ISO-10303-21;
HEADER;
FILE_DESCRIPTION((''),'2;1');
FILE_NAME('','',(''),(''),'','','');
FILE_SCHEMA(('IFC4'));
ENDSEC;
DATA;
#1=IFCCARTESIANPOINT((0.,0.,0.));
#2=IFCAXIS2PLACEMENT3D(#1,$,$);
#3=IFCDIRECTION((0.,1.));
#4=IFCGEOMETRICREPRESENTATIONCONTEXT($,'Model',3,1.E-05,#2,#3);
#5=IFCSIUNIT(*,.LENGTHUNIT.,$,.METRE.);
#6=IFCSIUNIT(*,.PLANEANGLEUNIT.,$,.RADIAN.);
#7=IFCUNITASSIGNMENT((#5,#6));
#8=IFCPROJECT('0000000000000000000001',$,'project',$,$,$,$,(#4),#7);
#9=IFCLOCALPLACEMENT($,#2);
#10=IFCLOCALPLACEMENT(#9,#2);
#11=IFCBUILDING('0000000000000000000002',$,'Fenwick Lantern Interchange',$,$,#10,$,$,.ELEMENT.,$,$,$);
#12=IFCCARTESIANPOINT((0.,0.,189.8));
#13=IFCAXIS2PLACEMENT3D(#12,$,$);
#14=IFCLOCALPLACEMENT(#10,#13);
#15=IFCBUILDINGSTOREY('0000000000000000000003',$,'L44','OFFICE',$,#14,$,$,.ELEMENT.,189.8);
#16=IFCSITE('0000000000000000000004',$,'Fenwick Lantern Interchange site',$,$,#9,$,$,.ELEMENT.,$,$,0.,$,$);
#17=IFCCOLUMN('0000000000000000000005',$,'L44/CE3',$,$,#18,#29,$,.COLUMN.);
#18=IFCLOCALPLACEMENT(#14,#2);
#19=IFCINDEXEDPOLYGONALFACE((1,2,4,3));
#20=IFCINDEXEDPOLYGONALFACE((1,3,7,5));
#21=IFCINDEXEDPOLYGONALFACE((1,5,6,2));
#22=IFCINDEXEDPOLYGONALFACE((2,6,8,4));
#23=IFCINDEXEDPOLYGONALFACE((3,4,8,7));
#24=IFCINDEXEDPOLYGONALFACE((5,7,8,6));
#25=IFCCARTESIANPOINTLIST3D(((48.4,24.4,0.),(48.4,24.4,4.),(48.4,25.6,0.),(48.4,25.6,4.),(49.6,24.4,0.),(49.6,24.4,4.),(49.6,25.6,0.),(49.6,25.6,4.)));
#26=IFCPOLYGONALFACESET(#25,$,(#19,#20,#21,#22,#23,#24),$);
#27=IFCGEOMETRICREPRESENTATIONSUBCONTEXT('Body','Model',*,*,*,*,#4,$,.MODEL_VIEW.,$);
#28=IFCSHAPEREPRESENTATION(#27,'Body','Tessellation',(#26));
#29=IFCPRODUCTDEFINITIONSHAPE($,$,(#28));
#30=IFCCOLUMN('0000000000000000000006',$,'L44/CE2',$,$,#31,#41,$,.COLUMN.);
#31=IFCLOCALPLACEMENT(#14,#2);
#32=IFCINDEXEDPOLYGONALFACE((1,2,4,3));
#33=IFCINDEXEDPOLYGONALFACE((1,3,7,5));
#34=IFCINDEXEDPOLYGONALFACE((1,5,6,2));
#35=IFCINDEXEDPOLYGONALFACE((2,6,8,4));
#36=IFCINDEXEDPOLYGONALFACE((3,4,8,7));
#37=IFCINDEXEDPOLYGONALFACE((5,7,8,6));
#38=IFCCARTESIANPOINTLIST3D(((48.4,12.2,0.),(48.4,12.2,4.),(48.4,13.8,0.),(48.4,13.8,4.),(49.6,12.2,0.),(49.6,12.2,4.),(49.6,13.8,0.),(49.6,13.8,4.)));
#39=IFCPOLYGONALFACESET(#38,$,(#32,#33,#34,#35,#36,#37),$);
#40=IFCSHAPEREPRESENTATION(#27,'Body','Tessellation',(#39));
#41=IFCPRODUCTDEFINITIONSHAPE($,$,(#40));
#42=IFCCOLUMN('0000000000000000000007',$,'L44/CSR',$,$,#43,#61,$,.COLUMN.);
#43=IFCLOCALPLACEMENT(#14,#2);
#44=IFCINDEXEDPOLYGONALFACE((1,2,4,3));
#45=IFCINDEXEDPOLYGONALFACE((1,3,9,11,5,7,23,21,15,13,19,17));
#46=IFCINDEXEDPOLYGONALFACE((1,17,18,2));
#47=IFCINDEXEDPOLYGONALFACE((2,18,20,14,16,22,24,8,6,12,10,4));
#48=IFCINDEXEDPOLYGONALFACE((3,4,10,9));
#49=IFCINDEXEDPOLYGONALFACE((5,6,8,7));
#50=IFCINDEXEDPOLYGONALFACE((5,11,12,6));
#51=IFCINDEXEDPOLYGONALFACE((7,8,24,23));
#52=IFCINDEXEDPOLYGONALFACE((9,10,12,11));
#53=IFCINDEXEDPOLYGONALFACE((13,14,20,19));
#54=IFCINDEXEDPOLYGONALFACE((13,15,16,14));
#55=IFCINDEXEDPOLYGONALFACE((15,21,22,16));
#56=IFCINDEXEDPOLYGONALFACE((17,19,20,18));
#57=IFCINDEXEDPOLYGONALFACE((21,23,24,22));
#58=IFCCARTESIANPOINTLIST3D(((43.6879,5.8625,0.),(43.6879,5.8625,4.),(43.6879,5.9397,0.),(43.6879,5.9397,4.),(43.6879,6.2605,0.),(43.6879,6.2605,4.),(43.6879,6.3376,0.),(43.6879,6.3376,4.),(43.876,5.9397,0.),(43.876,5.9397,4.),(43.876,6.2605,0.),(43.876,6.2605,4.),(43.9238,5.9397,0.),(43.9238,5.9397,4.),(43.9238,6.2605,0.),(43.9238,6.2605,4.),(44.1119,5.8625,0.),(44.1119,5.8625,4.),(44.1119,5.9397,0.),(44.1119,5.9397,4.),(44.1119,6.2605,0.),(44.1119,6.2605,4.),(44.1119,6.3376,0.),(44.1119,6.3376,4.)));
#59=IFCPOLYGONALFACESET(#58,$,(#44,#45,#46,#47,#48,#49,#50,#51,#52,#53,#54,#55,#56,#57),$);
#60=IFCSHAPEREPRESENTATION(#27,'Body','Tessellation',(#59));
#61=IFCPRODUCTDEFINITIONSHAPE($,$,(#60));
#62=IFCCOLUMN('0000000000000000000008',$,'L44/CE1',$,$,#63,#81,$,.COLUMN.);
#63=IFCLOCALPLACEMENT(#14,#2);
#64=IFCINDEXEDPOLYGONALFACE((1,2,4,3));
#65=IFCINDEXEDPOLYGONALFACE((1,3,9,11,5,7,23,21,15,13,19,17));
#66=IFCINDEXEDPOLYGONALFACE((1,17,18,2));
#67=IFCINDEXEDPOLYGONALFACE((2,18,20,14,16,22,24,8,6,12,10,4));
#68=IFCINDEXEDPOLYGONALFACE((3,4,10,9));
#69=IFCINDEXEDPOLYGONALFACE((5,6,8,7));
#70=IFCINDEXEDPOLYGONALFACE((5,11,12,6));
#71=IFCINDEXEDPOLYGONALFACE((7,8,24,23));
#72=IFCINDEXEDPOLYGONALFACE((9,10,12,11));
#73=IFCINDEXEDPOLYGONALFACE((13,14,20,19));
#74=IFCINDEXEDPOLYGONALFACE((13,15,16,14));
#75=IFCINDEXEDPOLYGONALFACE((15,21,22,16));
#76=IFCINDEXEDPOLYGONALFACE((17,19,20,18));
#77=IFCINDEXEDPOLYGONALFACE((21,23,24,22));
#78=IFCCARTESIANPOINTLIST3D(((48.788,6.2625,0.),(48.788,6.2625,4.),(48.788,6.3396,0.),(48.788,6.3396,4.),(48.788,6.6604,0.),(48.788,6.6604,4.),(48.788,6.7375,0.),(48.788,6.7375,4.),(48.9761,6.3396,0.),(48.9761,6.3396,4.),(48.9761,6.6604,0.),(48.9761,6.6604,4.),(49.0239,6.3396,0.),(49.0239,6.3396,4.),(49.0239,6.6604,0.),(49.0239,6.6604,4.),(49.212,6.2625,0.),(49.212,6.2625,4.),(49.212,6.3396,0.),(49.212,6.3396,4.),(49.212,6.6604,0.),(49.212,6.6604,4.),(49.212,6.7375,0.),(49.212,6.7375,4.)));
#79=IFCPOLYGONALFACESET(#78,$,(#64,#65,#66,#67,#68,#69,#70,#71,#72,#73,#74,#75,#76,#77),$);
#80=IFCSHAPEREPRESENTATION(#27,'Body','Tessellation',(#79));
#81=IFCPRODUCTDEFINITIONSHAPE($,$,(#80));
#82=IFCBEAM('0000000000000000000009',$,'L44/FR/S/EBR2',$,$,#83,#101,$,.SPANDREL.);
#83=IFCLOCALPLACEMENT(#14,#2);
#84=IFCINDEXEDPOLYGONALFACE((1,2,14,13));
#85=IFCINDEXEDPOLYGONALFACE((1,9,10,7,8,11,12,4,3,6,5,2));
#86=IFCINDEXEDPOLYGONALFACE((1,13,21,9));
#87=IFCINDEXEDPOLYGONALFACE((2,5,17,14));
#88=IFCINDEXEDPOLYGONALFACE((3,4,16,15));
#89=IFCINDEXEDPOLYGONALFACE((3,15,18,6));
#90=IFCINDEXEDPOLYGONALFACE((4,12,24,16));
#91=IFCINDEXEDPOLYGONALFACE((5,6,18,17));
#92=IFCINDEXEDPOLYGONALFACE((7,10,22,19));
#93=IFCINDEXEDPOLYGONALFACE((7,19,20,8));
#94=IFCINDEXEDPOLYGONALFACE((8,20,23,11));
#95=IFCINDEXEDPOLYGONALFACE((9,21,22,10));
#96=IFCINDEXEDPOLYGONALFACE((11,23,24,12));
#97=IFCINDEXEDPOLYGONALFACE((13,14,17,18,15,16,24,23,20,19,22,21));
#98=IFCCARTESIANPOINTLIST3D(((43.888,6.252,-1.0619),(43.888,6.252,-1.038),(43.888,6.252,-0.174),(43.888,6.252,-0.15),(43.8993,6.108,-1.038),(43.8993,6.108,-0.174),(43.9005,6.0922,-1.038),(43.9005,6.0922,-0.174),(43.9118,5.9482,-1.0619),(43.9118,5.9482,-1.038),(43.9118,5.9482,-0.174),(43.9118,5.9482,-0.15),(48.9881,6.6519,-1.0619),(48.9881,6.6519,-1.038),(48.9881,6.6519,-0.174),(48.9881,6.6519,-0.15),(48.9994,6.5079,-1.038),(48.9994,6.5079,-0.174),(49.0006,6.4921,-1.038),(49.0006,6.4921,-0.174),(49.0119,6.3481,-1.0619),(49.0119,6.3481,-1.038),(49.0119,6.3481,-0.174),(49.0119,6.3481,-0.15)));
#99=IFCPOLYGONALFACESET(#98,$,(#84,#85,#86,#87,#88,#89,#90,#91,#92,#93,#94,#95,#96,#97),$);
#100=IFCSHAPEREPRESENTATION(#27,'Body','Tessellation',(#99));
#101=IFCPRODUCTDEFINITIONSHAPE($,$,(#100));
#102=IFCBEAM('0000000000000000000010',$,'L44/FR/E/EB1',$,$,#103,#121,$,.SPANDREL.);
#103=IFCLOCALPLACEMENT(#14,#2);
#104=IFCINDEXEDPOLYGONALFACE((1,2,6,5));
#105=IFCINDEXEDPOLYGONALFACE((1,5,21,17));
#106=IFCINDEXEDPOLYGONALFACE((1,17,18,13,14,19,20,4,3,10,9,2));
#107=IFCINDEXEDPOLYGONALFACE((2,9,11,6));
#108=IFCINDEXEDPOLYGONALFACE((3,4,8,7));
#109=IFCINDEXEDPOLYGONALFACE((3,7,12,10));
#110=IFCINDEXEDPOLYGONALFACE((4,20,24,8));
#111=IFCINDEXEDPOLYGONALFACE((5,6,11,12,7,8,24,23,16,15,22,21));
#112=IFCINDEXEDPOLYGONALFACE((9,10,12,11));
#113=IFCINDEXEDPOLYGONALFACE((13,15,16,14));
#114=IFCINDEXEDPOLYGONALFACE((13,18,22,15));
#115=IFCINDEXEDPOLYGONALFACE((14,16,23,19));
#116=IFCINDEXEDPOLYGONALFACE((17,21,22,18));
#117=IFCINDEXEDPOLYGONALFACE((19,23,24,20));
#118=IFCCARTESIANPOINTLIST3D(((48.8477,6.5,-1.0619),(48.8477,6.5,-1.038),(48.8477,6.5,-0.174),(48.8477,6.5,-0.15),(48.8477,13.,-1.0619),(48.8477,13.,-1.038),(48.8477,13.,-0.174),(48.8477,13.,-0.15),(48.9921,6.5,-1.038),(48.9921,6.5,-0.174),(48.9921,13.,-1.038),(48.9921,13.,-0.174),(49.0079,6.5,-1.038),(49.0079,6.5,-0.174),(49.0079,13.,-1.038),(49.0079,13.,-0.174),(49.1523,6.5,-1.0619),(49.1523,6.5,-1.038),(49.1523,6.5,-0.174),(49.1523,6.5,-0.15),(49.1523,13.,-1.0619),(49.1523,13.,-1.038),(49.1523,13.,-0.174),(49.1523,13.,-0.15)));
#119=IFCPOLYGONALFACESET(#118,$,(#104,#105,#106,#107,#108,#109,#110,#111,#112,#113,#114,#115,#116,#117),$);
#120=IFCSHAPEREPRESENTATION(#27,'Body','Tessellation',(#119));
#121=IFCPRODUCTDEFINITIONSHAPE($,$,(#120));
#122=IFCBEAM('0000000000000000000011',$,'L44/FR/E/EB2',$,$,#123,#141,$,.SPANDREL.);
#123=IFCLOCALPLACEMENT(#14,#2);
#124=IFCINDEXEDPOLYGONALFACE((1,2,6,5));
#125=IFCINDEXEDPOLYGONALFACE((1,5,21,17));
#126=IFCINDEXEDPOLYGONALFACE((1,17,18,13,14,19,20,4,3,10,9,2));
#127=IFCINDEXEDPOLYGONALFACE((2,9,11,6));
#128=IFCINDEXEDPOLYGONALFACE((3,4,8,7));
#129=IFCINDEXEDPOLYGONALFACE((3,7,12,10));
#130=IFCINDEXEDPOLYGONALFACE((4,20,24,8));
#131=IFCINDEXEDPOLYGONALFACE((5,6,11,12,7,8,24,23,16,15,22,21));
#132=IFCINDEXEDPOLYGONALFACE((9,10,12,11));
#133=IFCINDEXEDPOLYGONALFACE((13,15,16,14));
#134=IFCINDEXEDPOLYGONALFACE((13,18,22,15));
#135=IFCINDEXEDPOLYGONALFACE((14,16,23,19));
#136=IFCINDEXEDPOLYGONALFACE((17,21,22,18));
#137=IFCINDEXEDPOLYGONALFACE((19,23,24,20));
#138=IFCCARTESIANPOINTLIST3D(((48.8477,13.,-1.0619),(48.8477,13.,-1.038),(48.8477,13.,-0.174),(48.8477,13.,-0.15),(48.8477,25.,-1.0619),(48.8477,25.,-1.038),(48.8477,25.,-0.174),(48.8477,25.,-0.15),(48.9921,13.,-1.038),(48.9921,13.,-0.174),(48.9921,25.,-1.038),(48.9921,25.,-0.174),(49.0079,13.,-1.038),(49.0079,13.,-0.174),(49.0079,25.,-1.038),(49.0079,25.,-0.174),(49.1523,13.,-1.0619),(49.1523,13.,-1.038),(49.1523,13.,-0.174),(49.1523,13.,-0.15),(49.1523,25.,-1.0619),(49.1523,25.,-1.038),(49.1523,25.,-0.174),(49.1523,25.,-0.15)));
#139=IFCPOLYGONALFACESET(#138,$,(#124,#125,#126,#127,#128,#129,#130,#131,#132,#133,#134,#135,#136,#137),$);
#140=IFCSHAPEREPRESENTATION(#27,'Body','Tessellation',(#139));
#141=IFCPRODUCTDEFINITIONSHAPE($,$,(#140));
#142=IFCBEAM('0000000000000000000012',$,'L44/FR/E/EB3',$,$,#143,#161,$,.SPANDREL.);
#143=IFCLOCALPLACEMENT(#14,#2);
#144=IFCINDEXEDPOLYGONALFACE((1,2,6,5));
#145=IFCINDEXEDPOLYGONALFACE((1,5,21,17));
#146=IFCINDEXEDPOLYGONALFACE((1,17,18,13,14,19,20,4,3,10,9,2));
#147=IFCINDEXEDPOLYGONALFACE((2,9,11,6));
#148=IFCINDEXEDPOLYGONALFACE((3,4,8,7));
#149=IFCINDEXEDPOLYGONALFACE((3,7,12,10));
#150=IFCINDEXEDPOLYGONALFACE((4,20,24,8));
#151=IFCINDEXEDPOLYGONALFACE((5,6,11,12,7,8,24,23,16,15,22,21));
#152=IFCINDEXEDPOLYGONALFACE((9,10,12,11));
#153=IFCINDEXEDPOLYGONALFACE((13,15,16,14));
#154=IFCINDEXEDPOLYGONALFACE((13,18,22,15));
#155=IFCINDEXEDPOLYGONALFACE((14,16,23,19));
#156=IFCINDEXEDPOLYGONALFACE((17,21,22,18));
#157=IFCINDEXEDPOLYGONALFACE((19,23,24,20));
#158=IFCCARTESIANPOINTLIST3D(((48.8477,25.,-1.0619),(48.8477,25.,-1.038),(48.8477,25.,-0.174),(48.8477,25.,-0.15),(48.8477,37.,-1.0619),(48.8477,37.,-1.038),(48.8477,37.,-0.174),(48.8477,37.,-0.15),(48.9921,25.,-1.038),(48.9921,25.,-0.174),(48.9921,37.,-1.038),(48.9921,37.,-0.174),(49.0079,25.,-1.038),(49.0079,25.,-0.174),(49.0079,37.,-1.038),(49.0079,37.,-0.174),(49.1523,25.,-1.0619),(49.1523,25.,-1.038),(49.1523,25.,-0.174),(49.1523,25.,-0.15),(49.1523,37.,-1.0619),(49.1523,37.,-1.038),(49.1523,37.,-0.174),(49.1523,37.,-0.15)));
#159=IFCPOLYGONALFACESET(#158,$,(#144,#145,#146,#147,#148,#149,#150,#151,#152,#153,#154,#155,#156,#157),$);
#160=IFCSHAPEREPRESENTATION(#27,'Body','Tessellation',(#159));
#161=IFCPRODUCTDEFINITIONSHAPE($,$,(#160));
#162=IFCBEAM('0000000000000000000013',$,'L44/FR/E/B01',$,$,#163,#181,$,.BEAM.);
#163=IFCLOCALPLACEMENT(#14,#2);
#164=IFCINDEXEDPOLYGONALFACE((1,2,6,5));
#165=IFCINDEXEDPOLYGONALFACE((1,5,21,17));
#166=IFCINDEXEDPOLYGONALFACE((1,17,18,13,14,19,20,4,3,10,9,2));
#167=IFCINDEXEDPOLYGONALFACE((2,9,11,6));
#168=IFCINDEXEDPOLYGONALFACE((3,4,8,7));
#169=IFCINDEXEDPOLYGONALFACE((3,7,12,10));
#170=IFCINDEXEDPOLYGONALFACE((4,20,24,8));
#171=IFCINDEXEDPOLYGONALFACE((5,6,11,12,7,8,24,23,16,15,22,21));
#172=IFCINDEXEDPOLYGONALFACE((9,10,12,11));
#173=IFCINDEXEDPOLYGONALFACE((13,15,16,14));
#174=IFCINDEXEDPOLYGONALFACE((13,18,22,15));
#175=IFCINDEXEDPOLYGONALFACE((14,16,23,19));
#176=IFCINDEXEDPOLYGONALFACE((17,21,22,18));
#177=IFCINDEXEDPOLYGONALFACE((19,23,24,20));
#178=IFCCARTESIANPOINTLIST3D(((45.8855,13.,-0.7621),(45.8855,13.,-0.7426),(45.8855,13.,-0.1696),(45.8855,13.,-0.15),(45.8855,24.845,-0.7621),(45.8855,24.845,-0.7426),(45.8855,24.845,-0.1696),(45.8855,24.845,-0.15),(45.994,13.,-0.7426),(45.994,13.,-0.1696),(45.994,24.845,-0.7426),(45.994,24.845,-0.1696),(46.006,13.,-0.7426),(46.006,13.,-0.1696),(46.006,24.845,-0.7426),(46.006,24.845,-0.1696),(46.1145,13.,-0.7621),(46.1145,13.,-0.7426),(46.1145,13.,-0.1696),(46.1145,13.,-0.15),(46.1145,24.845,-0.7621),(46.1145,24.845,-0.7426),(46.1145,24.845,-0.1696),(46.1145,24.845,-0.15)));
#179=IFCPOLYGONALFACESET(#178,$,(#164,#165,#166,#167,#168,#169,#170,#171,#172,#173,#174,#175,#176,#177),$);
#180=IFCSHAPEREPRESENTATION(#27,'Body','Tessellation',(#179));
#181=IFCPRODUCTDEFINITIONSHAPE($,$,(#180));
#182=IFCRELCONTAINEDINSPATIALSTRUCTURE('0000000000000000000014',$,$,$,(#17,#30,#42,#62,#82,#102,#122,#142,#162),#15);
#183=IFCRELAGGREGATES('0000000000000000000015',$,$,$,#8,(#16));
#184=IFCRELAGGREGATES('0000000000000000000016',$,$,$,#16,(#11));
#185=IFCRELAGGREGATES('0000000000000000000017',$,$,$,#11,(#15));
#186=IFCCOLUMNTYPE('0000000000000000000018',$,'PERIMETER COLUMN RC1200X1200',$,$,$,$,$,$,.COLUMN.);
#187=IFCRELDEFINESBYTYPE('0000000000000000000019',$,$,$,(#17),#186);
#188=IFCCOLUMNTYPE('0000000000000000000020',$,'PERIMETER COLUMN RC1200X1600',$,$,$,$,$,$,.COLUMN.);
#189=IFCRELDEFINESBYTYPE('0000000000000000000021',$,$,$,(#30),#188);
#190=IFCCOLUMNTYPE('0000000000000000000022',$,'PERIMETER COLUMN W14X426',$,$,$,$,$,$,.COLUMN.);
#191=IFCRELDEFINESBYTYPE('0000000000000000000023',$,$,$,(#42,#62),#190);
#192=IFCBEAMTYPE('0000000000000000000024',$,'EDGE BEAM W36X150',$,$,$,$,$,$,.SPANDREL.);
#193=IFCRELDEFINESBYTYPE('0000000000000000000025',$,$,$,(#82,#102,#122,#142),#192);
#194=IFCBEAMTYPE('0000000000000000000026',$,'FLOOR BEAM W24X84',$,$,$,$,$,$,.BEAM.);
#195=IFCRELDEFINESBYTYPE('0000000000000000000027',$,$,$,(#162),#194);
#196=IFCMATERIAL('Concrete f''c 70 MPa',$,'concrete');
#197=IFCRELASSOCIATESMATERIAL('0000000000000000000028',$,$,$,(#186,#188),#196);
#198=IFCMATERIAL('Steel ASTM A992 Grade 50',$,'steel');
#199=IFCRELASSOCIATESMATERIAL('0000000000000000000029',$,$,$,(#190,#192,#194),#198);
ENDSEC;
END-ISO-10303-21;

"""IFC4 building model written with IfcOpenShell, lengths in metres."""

from ifc_helpers import new_model, si_unit, direction, frame, origin, origin_2d, place, context, subcontext, project, spatial, rectangle, i_section, extrude, material, material_profile, profile_set, type_object, element, save


model = new_model("IFC4")

# Units and contexts
model_context = context("Model", 3, precision=1e-05, world=origin(), true_north=direction((0.0, 1.0)))
body_context = subcontext(model_context, "Body", "Model", "MODEL_VIEW")
ifc_project = project(units=[si_unit("LENGTHUNIT", "METRE"), si_unit("PLANEANGLEUNIT", "RADIAN")], contexts=[model_context])

# Site, building, storey
site_placement = place(None, origin())
site = spatial("IfcSite", under=ifc_project, at=site_placement, Name="Fenwick Lantern Interchange site", CompositionType="ELEMENT", RefElevation=0.0)
building_placement = place(site_placement, origin())
building = spatial("IfcBuilding", under=site, at=building_placement, Name="Fenwick Lantern Interchange", CompositionType="ELEMENT")
storey_placement = place(building_placement, frame((0.0, 0.0, 189.8)))
storey = spatial("IfcBuildingStorey", under=building, at=storey_placement, Name="L44", Description="OFFICE", CompositionType="ELEMENT", Elevation=189.8)

# Columns
ifc_material_1 = material(Name="Concrete f'c 70 MPa", Category="concrete")
ifc_material_profile_1 = material_profile(ifc_material_1, rectangle(XDim=1.2, YDim=1.2, at=origin_2d()), Name="RC1200X1200")
ifc_profile_set_1 = profile_set([ifc_material_profile_1], Name="Concrete f'c 70 MPa")
column_type_1 = type_object("IfcColumnType", Name="PERIMETER COLUMN RC1200X1200", PredefinedType="COLUMN", material=ifc_profile_set_1)
column_1_placement = place(storey_placement, frame((49.0, 25.0, 0.0), z_axis=(0.0, 0.0, 1.0), x_axis=(1.0, 0.0, 0.0)))
element("IfcColumn", 1, at=column_1_placement, inside=storey, type_object=column_type_1, Name="L44/CE3", PredefinedType="COLUMN", context=body_context, shape_type="SweptSolid", body=[
    extrude(rectangle(XDim=1.2, YDim=1.2, at=origin_2d()), origin(), (0.0, 0.0, 1.0), 4.0),
])
ifc_material_profile_2 = material_profile(ifc_material_1, rectangle(XDim=1.2, YDim=1.6001, at=origin_2d()), Name="RC1200X1600")
ifc_profile_set_2 = profile_set([ifc_material_profile_2], Name="Concrete f'c 70 MPa")
column_type_2 = type_object("IfcColumnType", Name="PERIMETER COLUMN RC1200X1600", PredefinedType="COLUMN", material=ifc_profile_set_2)
column_2_placement = place(storey_placement, frame((49.0, 13.0, 0.0), z_axis=(0.0, 0.0, 1.0), x_axis=(1.0, 0.0, 0.0)))
element("IfcColumn", 2, at=column_2_placement, inside=storey, type_object=column_type_2, Name="L44/CE2", PredefinedType="COLUMN", context=body_context, shape_type="SweptSolid", body=[
    extrude(rectangle(XDim=1.2, YDim=1.6001, at=origin_2d()), origin(), (0.0, 0.0, 1.0), 4.0),
])
ifc_material_2 = material(Name="Steel ASTM A992 Grade 50", Category="steel")
ifc_material_profile_3 = material_profile(ifc_material_2, i_section(OverallWidth=0.4241, OverallDepth=0.4751, WebThickness=0.0479, FlangeThickness=0.0771, at=origin_2d()), Name="W14X426")
ifc_profile_set_3 = profile_set([ifc_material_profile_3], Name="Steel ASTM A992 Grade 50")
column_type_3 = type_object("IfcColumnType", Name="PERIMETER COLUMN W14X426", PredefinedType="COLUMN", material=ifc_profile_set_3)
for number, where, z_axis, x_axis, name in (
    (3, (43.8999, 6.1001, 0.0), (0.0, 0.0, 1.0), (1.0, 0.0, 0.0), "L44/CSR"),
    (4, (49.0, 6.5, 0.0), (0.0, 0.0, 1.0), (1.0, 0.0, 0.0), "L44/CE1"),
):
    element("IfcColumn", number, at=place(storey_placement, frame(where, z_axis=z_axis, x_axis=x_axis)), inside=storey, type_object=column_type_3, Name=name, PredefinedType="COLUMN", context=body_context, shape_type="SweptSolid", body=[
        extrude(i_section(OverallWidth=0.4241, OverallDepth=0.4751, WebThickness=0.0479, FlangeThickness=0.0771, at=origin_2d()), origin(), (0.0, 0.0, 1.0), 4.0),
    ])

# Beams
ifc_material_profile_4 = material_profile(ifc_material_2, i_section(OverallWidth=0.3047, OverallDepth=0.9119, WebThickness=0.0159, FlangeThickness=0.0239, at=origin_2d()), Name="W36X150")
ifc_profile_set_4 = profile_set([ifc_material_profile_4], Name="Steel ASTM A992 Grade 50")
beam_type_1 = type_object("IfcBeamType", Name="EDGE BEAM W36X150", PredefinedType="SPANDREL", material=ifc_profile_set_4)
beam_1_placement = place(storey_placement, frame((43.8999, 6.1001, -0.606), z_axis=(0.99694, 0.078171, 0.0), x_axis=(-0.078171, 0.99694, 0.0)))
element("IfcBeam", 5, at=beam_1_placement, inside=storey, type_object=beam_type_1, Name="L44/FR/S/EBR2", PredefinedType="SPANDREL", context=body_context, shape_type="SweptSolid", body=[
    extrude(i_section(OverallWidth=0.3047, OverallDepth=0.9119, WebThickness=0.0159, FlangeThickness=0.0239, at=origin_2d()), origin(), (0.0, 0.0, 1.0), 5.1157),
])
beam_2_placement = place(storey_placement, frame((49.0, 6.5, -0.606), z_axis=(0.0, 1.0, 0.0), x_axis=(-1.0, 0.0, 0.0)))
element("IfcBeam", 6, at=beam_2_placement, inside=storey, type_object=beam_type_1, Name="L44/FR/E/EB1", PredefinedType="SPANDREL", context=body_context, shape_type="SweptSolid", body=[
    extrude(i_section(OverallWidth=0.3047, OverallDepth=0.9119, WebThickness=0.0159, FlangeThickness=0.0239, at=origin_2d()), origin(), (0.0, 0.0, 1.0), 6.5),
])
for number, where, z_axis, x_axis, name in (
    (7, (49.0, 13.0, -0.606), (0.0, 1.0, 0.0), (-1.0, 0.0, 0.0), "L44/FR/E/EB2"),
    (8, (49.0, 25.0, -0.606), (0.0, 1.0, 0.0), (-1.0, 0.0, 0.0), "L44/FR/E/EB3"),
):
    element("IfcBeam", number, at=place(storey_placement, frame(where, z_axis=z_axis, x_axis=x_axis)), inside=storey, type_object=beam_type_1, Name=name, PredefinedType="SPANDREL", context=body_context, shape_type="SweptSolid", body=[
        extrude(i_section(OverallWidth=0.3047, OverallDepth=0.9119, WebThickness=0.0159, FlangeThickness=0.0239, at=origin_2d()), origin(), (0.0, 0.0, 1.0), 12.0),
    ])
ifc_material_profile_5 = material_profile(ifc_material_2, i_section(OverallWidth=0.229, OverallDepth=0.6121, WebThickness=0.012, FlangeThickness=0.0195, at=origin_2d()), Name="W24X84")
ifc_profile_set_5 = profile_set([ifc_material_profile_5], Name="Steel ASTM A992 Grade 50")
beam_type_2 = type_object("IfcBeamType", Name="FLOOR BEAM W24X84", PredefinedType="BEAM", material=ifc_profile_set_5)
for number, where, z_axis, x_axis, name in (
    (9, (46.0, 13.0, -0.4561), (0.0, 1.0, 0.0), (-1.0, 0.0, 0.0), "L44/FR/E/B01"),
):
    element("IfcBeam", number, at=place(storey_placement, frame(where, z_axis=z_axis, x_axis=x_axis)), inside=storey, type_object=beam_type_2, Name=name, PredefinedType="BEAM", context=body_context, shape_type="SweptSolid", body=[
        extrude(i_section(OverallWidth=0.229, OverallDepth=0.6121, WebThickness=0.012, FlangeThickness=0.0195, at=origin_2d()), origin(), (0.0, 0.0, 1.0), 11.845),
    ])

save(model, "model.ifc")
